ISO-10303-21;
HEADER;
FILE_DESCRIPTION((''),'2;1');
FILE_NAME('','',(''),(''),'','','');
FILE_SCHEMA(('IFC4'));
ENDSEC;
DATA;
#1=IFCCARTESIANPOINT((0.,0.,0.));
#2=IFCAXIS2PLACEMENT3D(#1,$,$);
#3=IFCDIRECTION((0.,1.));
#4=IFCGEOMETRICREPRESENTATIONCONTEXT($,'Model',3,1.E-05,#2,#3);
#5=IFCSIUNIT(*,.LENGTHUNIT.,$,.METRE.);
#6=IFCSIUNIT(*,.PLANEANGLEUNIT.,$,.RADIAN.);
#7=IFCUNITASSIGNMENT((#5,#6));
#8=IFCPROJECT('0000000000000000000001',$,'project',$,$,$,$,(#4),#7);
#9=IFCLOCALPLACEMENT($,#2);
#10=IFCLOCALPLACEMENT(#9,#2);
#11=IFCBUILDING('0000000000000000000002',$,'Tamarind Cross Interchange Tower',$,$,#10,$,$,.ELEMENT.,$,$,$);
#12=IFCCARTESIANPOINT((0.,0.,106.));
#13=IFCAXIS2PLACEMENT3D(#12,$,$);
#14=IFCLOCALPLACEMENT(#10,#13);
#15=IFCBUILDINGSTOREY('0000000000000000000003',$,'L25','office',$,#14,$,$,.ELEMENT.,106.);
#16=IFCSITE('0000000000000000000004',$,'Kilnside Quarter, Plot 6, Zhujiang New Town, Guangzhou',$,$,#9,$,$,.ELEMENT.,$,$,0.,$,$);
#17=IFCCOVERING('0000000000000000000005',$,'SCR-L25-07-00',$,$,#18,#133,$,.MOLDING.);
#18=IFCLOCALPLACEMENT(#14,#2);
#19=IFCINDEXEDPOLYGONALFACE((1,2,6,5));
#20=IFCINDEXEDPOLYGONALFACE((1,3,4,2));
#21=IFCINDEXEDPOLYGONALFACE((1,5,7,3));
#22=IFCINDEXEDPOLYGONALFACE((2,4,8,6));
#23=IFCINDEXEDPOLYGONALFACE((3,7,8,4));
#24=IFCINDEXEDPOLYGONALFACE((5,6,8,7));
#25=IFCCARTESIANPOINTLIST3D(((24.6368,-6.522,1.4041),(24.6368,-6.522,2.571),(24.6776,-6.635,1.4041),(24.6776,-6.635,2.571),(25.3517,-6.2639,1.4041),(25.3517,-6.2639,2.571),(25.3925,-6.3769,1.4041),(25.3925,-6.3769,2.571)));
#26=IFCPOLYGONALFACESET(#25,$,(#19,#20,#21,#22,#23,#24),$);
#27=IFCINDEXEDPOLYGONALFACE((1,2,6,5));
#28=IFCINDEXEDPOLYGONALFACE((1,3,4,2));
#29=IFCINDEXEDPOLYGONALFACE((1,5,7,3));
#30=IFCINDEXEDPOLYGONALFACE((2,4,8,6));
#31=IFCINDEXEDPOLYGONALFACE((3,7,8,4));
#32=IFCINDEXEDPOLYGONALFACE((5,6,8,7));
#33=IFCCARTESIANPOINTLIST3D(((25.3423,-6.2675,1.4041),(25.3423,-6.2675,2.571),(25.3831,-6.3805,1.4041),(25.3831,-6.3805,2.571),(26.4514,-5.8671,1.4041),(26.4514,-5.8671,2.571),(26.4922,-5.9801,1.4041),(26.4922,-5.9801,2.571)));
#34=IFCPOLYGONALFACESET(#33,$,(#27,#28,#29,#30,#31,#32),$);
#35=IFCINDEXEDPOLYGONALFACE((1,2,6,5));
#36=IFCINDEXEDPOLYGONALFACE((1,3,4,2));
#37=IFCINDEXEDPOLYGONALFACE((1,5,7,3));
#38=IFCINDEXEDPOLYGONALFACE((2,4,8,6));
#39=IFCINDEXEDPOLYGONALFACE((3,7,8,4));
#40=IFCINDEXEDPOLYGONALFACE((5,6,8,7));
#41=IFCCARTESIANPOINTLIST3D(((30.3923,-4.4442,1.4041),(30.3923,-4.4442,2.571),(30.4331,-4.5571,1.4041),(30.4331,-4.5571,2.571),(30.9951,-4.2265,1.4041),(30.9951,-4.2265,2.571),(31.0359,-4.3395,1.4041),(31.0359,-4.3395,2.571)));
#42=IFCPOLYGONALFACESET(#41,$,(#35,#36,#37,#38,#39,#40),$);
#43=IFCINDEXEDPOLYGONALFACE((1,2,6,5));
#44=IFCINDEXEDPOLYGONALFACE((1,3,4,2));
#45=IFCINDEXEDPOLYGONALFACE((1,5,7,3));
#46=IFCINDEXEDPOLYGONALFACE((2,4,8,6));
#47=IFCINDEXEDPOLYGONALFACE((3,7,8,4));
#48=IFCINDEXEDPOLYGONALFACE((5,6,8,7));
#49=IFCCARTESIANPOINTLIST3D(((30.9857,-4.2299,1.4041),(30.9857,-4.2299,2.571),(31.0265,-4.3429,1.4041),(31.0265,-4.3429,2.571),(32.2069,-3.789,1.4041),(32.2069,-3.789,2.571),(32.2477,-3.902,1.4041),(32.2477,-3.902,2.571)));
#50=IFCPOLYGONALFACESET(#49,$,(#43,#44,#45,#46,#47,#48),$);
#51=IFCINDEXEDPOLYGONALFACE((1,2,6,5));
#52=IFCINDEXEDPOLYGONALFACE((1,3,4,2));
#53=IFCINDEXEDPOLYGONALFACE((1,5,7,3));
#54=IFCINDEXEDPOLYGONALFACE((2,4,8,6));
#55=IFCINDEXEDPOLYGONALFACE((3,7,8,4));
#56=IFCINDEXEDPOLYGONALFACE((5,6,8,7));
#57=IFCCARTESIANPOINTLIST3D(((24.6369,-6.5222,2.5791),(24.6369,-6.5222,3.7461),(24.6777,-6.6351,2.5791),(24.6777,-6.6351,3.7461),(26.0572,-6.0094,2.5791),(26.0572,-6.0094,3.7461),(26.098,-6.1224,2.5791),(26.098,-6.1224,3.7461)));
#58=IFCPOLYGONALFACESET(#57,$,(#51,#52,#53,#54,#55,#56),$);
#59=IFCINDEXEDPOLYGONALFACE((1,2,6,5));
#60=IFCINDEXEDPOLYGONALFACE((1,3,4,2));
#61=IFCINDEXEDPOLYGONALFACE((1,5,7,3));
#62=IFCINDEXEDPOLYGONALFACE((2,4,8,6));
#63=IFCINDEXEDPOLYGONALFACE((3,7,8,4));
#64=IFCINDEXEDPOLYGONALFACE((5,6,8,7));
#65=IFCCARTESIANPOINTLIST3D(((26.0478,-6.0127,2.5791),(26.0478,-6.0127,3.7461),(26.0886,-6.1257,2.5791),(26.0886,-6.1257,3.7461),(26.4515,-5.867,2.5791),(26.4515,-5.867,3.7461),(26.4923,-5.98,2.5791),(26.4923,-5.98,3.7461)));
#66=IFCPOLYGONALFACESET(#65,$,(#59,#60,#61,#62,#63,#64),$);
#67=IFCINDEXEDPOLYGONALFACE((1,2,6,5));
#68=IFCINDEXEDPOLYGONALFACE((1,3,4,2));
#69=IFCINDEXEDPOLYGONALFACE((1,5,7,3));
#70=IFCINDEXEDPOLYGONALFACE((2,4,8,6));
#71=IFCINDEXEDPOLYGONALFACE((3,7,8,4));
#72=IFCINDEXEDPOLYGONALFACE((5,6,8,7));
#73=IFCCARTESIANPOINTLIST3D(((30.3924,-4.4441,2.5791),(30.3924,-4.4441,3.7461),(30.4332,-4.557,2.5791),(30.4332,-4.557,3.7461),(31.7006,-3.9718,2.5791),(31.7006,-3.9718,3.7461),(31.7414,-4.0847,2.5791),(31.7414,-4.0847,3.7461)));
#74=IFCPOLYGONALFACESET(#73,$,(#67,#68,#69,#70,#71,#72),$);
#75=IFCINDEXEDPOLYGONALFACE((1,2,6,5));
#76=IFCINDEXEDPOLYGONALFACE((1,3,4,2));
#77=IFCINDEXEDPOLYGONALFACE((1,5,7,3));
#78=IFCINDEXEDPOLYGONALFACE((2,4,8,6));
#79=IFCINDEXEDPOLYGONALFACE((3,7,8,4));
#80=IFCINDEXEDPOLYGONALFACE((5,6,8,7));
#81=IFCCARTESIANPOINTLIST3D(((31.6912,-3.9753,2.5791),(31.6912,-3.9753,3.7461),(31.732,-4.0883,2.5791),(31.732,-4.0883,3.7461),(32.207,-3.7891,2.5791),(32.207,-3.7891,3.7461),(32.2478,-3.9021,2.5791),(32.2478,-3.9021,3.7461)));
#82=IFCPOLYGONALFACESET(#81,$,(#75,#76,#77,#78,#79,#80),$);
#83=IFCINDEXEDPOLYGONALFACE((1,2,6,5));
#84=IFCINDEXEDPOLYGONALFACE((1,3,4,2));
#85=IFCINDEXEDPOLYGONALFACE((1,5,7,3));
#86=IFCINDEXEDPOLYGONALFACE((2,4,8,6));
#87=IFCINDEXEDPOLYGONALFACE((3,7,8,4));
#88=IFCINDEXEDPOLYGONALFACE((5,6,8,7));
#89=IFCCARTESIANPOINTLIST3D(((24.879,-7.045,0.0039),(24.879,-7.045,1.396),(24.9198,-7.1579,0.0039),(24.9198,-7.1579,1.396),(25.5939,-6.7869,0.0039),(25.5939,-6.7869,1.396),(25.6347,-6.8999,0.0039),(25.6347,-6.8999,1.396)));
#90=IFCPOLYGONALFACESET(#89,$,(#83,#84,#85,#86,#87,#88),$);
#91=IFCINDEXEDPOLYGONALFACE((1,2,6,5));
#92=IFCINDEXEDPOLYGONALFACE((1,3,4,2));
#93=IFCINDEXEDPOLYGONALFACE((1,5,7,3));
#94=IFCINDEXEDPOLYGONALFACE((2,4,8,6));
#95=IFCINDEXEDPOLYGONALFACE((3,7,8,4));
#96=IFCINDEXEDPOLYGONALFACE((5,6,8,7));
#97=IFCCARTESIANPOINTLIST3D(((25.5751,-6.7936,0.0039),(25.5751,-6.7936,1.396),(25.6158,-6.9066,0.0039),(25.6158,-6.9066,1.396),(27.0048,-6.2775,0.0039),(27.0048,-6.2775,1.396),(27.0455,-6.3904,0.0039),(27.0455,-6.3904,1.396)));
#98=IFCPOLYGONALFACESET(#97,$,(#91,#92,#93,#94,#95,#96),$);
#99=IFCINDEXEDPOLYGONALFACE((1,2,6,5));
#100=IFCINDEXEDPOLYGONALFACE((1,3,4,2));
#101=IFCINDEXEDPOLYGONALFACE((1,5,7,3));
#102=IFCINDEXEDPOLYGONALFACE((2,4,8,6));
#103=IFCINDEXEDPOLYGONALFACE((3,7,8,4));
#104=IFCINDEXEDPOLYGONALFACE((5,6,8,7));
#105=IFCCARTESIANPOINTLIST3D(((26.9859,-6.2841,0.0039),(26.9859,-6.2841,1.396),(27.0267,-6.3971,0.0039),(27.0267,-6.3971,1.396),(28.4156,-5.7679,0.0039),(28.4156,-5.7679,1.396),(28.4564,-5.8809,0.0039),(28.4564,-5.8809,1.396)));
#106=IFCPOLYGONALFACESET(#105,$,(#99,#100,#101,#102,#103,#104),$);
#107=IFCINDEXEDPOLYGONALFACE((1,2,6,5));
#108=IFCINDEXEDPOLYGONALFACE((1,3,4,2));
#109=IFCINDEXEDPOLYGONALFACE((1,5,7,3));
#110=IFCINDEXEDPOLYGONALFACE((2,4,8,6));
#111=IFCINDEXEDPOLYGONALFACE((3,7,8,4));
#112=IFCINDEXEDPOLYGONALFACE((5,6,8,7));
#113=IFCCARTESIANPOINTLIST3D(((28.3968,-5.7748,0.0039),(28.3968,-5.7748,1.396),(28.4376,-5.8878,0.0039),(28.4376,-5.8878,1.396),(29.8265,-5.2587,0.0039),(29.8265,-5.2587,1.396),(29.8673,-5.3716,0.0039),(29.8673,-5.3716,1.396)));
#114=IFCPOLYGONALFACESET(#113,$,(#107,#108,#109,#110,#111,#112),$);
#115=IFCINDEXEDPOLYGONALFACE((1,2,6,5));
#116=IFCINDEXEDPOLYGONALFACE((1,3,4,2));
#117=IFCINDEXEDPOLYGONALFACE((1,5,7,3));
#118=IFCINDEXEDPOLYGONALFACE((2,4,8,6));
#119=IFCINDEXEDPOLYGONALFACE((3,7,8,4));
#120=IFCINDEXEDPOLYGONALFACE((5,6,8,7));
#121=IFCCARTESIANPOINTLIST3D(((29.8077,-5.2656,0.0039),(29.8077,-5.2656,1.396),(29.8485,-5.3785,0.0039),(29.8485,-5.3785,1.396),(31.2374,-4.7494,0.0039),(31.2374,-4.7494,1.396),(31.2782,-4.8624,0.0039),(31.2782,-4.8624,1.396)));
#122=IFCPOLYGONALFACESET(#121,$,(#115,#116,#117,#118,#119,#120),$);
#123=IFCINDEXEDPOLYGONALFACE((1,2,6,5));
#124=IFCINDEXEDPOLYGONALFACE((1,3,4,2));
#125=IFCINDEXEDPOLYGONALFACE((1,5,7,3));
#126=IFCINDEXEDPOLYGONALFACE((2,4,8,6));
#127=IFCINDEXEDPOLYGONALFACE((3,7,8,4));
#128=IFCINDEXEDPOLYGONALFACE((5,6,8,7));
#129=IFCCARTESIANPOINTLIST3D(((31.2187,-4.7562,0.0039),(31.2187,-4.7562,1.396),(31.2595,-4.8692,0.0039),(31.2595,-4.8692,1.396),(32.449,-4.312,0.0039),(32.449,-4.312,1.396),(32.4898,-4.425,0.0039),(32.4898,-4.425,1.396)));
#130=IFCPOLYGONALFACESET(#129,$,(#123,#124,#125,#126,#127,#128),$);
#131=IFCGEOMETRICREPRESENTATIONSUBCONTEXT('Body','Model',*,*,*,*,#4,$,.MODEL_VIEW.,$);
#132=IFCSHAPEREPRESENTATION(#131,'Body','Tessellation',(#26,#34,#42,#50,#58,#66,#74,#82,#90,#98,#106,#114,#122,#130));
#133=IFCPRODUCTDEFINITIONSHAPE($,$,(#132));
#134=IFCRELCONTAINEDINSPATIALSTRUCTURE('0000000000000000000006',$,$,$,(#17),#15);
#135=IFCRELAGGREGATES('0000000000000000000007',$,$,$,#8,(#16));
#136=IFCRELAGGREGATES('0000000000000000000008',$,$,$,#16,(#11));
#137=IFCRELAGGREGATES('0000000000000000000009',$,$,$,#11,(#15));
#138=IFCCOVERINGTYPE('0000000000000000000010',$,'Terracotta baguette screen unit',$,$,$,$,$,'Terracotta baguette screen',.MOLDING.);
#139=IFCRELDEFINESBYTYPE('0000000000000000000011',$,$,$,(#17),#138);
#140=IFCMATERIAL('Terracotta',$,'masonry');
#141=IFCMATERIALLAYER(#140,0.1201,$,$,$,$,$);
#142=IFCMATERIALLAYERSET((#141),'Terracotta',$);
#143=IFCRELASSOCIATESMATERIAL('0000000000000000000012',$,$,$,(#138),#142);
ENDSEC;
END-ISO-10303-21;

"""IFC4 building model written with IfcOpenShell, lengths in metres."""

from ifc_helpers import new_model, si_unit, direction, frame, origin, origin_2d, place, context, subcontext, project, spatial, rectangle, extrude, material, layer, layer_set, type_object, element, save


model = new_model("IFC4")

# Units and contexts
model_context = context("Model", 3, precision=1e-05, world=origin(), true_north=direction((0.0, 1.0)))
body_context = subcontext(model_context, "Body", "Model", "MODEL_VIEW")
ifc_project = project(units=[si_unit("LENGTHUNIT", "METRE"), si_unit("PLANEANGLEUNIT", "RADIAN")], contexts=[model_context])

# Site, building, storey
site_placement = place(None, origin())
site = spatial("IfcSite", under=ifc_project, at=site_placement, Name="Kilnside Quarter, Plot 6, Zhujiang New Town, Guangzhou", CompositionType="ELEMENT", RefElevation=0.0)
building_placement = place(site_placement, origin())
building = spatial("IfcBuilding", under=site, at=building_placement, Name="Tamarind Cross Interchange Tower", CompositionType="ELEMENT")
storey_placement = place(building_placement, frame((0.0, 0.0, 106.0)))
storey = spatial("IfcBuildingStorey", under=building, at=storey_placement, Name="L25", Description="office", CompositionType="ELEMENT", Elevation=106.0)

# Covering
ifc_material_1 = material(Name="Terracotta", Category="masonry")
ifc_layer_1 = layer(ifc_material_1, 0.1201)
ifc_layer_set_1 = layer_set([ifc_layer_1], Name="Terracotta")
covering_type = type_object("IfcCoveringType", Name="Terracotta baguette screen unit", ElementType="Terracotta baguette screen", PredefinedType="MOLDING", material=ifc_layer_set_1)
covering_1_placement = place(storey_placement, origin())
element("IfcCovering", 1, at=covering_1_placement, inside=storey, type_object=covering_type, Name="SCR-L25-07-00", PredefinedType="MOLDING", context=body_context, shape_type="SweptSolid", body=[
    extrude(rectangle(XDim=0.76, YDim=0.1201, at=origin_2d()), frame((25.0146, -6.4495, 1.4041), z_axis=(0.0, 0.0, 1.0), x_axis=(0.940578, 0.339579, 0.0)), (0.0, 0.0, 1.0), 1.167),
    extrude(rectangle(XDim=1.1792, YDim=0.1201, at=origin_2d()), frame((25.9172, -6.1238, 1.4041), z_axis=(0.0, 0.0, 1.0), x_axis=(0.940578, 0.339579, 0.0)), (0.0, 0.0, 1.0), 1.167),
    extrude(rectangle(XDim=0.6409, YDim=0.1201, at=origin_2d()), frame((30.7141, -4.3918, 1.4041), z_axis=(0.0, 0.0, 1.0), x_axis=(0.940578, 0.339579, 0.0)), (0.0, 0.0, 1.0), 1.167),
    extrude(rectangle(XDim=1.2983, YDim=0.1201, at=origin_2d()), frame((31.6167, -4.0659, 1.4041), z_axis=(0.0, 0.0, 1.0), x_axis=(0.940578, 0.339579, 0.0)), (0.0, 0.0, 1.0), 1.167),
    extrude(rectangle(XDim=1.51, YDim=0.1201, at=origin_2d()), frame((25.3674, -6.3223, 2.5791), z_axis=(0.0, 0.0, 1.0), x_axis=(0.940578, 0.339579, 0.0)), (0.0, 0.0, 1.0), 1.167),
    extrude(rectangle(XDim=0.4292, YDim=0.1201, at=origin_2d()), frame((26.27, -5.9963, 2.5791), z_axis=(0.0, 0.0, 1.0), x_axis=(0.940578, 0.339579, 0.0)), (0.0, 0.0, 1.0), 1.167),
    extrude(rectangle(XDim=1.3909, YDim=0.1201, at=origin_2d()), frame((31.0669, -4.2644, 2.5791), z_axis=(0.0, 0.0, 1.0), x_axis=(0.940578, 0.339579, 0.0)), (0.0, 0.0, 1.0), 1.167),
    extrude(rectangle(XDim=0.5483, YDim=0.1201, at=origin_2d()), frame((31.9695, -3.9387, 2.5791), z_axis=(0.0, 0.0, 1.0), x_axis=(0.940578, 0.339579, 0.0)), (0.0, 0.0, 1.0), 1.167),
    extrude(rectangle(XDim=0.76, YDim=0.1201, at=origin_2d()), frame((25.2568, -6.9724, 0.0039), z_axis=(0.0, 0.0, 1.0), x_axis=(0.940578, 0.339579, 0.0)), (0.0, 0.0, 1.0), 1.3921),
    extrude(rectangle(XDim=1.52, YDim=0.1201, at=origin_2d()), frame((26.3103, -6.592, 0.0039), z_axis=(0.0, 0.0, 1.0), x_axis=(0.940578, 0.339579, 0.0)), (0.0, 0.0, 1.0), 1.3921),
    extrude(rectangle(XDim=1.52, YDim=0.1201, at=origin_2d()), frame((27.7212, -6.0825, 0.0039), z_axis=(0.0, 0.0, 1.0), x_axis=(0.940578, 0.339579, 0.0)), (0.0, 0.0, 1.0), 1.3921),
    extrude(rectangle(XDim=1.52, YDim=0.1201, at=origin_2d()), frame((29.1321, -5.5732, 0.0039), z_axis=(0.0, 0.0, 1.0), x_axis=(0.940578, 0.339579, 0.0)), (0.0, 0.0, 1.0), 1.3921),
    extrude(rectangle(XDim=1.52, YDim=0.1201, at=origin_2d()), frame((30.543, -5.064, 0.0039), z_axis=(0.0, 0.0, 1.0), x_axis=(0.940578, 0.339579, 0.0)), (0.0, 0.0, 1.0), 1.3921),
    extrude(rectangle(XDim=1.3081, YDim=0.1201, at=origin_2d()), frame((31.8542, -4.5906, 0.0039), z_axis=(0.0, 0.0, 1.0), x_axis=(0.940578, 0.339579, 0.0)), (0.0, 0.0, 1.0), 1.3921),
])

save(model, "model.ifc")
